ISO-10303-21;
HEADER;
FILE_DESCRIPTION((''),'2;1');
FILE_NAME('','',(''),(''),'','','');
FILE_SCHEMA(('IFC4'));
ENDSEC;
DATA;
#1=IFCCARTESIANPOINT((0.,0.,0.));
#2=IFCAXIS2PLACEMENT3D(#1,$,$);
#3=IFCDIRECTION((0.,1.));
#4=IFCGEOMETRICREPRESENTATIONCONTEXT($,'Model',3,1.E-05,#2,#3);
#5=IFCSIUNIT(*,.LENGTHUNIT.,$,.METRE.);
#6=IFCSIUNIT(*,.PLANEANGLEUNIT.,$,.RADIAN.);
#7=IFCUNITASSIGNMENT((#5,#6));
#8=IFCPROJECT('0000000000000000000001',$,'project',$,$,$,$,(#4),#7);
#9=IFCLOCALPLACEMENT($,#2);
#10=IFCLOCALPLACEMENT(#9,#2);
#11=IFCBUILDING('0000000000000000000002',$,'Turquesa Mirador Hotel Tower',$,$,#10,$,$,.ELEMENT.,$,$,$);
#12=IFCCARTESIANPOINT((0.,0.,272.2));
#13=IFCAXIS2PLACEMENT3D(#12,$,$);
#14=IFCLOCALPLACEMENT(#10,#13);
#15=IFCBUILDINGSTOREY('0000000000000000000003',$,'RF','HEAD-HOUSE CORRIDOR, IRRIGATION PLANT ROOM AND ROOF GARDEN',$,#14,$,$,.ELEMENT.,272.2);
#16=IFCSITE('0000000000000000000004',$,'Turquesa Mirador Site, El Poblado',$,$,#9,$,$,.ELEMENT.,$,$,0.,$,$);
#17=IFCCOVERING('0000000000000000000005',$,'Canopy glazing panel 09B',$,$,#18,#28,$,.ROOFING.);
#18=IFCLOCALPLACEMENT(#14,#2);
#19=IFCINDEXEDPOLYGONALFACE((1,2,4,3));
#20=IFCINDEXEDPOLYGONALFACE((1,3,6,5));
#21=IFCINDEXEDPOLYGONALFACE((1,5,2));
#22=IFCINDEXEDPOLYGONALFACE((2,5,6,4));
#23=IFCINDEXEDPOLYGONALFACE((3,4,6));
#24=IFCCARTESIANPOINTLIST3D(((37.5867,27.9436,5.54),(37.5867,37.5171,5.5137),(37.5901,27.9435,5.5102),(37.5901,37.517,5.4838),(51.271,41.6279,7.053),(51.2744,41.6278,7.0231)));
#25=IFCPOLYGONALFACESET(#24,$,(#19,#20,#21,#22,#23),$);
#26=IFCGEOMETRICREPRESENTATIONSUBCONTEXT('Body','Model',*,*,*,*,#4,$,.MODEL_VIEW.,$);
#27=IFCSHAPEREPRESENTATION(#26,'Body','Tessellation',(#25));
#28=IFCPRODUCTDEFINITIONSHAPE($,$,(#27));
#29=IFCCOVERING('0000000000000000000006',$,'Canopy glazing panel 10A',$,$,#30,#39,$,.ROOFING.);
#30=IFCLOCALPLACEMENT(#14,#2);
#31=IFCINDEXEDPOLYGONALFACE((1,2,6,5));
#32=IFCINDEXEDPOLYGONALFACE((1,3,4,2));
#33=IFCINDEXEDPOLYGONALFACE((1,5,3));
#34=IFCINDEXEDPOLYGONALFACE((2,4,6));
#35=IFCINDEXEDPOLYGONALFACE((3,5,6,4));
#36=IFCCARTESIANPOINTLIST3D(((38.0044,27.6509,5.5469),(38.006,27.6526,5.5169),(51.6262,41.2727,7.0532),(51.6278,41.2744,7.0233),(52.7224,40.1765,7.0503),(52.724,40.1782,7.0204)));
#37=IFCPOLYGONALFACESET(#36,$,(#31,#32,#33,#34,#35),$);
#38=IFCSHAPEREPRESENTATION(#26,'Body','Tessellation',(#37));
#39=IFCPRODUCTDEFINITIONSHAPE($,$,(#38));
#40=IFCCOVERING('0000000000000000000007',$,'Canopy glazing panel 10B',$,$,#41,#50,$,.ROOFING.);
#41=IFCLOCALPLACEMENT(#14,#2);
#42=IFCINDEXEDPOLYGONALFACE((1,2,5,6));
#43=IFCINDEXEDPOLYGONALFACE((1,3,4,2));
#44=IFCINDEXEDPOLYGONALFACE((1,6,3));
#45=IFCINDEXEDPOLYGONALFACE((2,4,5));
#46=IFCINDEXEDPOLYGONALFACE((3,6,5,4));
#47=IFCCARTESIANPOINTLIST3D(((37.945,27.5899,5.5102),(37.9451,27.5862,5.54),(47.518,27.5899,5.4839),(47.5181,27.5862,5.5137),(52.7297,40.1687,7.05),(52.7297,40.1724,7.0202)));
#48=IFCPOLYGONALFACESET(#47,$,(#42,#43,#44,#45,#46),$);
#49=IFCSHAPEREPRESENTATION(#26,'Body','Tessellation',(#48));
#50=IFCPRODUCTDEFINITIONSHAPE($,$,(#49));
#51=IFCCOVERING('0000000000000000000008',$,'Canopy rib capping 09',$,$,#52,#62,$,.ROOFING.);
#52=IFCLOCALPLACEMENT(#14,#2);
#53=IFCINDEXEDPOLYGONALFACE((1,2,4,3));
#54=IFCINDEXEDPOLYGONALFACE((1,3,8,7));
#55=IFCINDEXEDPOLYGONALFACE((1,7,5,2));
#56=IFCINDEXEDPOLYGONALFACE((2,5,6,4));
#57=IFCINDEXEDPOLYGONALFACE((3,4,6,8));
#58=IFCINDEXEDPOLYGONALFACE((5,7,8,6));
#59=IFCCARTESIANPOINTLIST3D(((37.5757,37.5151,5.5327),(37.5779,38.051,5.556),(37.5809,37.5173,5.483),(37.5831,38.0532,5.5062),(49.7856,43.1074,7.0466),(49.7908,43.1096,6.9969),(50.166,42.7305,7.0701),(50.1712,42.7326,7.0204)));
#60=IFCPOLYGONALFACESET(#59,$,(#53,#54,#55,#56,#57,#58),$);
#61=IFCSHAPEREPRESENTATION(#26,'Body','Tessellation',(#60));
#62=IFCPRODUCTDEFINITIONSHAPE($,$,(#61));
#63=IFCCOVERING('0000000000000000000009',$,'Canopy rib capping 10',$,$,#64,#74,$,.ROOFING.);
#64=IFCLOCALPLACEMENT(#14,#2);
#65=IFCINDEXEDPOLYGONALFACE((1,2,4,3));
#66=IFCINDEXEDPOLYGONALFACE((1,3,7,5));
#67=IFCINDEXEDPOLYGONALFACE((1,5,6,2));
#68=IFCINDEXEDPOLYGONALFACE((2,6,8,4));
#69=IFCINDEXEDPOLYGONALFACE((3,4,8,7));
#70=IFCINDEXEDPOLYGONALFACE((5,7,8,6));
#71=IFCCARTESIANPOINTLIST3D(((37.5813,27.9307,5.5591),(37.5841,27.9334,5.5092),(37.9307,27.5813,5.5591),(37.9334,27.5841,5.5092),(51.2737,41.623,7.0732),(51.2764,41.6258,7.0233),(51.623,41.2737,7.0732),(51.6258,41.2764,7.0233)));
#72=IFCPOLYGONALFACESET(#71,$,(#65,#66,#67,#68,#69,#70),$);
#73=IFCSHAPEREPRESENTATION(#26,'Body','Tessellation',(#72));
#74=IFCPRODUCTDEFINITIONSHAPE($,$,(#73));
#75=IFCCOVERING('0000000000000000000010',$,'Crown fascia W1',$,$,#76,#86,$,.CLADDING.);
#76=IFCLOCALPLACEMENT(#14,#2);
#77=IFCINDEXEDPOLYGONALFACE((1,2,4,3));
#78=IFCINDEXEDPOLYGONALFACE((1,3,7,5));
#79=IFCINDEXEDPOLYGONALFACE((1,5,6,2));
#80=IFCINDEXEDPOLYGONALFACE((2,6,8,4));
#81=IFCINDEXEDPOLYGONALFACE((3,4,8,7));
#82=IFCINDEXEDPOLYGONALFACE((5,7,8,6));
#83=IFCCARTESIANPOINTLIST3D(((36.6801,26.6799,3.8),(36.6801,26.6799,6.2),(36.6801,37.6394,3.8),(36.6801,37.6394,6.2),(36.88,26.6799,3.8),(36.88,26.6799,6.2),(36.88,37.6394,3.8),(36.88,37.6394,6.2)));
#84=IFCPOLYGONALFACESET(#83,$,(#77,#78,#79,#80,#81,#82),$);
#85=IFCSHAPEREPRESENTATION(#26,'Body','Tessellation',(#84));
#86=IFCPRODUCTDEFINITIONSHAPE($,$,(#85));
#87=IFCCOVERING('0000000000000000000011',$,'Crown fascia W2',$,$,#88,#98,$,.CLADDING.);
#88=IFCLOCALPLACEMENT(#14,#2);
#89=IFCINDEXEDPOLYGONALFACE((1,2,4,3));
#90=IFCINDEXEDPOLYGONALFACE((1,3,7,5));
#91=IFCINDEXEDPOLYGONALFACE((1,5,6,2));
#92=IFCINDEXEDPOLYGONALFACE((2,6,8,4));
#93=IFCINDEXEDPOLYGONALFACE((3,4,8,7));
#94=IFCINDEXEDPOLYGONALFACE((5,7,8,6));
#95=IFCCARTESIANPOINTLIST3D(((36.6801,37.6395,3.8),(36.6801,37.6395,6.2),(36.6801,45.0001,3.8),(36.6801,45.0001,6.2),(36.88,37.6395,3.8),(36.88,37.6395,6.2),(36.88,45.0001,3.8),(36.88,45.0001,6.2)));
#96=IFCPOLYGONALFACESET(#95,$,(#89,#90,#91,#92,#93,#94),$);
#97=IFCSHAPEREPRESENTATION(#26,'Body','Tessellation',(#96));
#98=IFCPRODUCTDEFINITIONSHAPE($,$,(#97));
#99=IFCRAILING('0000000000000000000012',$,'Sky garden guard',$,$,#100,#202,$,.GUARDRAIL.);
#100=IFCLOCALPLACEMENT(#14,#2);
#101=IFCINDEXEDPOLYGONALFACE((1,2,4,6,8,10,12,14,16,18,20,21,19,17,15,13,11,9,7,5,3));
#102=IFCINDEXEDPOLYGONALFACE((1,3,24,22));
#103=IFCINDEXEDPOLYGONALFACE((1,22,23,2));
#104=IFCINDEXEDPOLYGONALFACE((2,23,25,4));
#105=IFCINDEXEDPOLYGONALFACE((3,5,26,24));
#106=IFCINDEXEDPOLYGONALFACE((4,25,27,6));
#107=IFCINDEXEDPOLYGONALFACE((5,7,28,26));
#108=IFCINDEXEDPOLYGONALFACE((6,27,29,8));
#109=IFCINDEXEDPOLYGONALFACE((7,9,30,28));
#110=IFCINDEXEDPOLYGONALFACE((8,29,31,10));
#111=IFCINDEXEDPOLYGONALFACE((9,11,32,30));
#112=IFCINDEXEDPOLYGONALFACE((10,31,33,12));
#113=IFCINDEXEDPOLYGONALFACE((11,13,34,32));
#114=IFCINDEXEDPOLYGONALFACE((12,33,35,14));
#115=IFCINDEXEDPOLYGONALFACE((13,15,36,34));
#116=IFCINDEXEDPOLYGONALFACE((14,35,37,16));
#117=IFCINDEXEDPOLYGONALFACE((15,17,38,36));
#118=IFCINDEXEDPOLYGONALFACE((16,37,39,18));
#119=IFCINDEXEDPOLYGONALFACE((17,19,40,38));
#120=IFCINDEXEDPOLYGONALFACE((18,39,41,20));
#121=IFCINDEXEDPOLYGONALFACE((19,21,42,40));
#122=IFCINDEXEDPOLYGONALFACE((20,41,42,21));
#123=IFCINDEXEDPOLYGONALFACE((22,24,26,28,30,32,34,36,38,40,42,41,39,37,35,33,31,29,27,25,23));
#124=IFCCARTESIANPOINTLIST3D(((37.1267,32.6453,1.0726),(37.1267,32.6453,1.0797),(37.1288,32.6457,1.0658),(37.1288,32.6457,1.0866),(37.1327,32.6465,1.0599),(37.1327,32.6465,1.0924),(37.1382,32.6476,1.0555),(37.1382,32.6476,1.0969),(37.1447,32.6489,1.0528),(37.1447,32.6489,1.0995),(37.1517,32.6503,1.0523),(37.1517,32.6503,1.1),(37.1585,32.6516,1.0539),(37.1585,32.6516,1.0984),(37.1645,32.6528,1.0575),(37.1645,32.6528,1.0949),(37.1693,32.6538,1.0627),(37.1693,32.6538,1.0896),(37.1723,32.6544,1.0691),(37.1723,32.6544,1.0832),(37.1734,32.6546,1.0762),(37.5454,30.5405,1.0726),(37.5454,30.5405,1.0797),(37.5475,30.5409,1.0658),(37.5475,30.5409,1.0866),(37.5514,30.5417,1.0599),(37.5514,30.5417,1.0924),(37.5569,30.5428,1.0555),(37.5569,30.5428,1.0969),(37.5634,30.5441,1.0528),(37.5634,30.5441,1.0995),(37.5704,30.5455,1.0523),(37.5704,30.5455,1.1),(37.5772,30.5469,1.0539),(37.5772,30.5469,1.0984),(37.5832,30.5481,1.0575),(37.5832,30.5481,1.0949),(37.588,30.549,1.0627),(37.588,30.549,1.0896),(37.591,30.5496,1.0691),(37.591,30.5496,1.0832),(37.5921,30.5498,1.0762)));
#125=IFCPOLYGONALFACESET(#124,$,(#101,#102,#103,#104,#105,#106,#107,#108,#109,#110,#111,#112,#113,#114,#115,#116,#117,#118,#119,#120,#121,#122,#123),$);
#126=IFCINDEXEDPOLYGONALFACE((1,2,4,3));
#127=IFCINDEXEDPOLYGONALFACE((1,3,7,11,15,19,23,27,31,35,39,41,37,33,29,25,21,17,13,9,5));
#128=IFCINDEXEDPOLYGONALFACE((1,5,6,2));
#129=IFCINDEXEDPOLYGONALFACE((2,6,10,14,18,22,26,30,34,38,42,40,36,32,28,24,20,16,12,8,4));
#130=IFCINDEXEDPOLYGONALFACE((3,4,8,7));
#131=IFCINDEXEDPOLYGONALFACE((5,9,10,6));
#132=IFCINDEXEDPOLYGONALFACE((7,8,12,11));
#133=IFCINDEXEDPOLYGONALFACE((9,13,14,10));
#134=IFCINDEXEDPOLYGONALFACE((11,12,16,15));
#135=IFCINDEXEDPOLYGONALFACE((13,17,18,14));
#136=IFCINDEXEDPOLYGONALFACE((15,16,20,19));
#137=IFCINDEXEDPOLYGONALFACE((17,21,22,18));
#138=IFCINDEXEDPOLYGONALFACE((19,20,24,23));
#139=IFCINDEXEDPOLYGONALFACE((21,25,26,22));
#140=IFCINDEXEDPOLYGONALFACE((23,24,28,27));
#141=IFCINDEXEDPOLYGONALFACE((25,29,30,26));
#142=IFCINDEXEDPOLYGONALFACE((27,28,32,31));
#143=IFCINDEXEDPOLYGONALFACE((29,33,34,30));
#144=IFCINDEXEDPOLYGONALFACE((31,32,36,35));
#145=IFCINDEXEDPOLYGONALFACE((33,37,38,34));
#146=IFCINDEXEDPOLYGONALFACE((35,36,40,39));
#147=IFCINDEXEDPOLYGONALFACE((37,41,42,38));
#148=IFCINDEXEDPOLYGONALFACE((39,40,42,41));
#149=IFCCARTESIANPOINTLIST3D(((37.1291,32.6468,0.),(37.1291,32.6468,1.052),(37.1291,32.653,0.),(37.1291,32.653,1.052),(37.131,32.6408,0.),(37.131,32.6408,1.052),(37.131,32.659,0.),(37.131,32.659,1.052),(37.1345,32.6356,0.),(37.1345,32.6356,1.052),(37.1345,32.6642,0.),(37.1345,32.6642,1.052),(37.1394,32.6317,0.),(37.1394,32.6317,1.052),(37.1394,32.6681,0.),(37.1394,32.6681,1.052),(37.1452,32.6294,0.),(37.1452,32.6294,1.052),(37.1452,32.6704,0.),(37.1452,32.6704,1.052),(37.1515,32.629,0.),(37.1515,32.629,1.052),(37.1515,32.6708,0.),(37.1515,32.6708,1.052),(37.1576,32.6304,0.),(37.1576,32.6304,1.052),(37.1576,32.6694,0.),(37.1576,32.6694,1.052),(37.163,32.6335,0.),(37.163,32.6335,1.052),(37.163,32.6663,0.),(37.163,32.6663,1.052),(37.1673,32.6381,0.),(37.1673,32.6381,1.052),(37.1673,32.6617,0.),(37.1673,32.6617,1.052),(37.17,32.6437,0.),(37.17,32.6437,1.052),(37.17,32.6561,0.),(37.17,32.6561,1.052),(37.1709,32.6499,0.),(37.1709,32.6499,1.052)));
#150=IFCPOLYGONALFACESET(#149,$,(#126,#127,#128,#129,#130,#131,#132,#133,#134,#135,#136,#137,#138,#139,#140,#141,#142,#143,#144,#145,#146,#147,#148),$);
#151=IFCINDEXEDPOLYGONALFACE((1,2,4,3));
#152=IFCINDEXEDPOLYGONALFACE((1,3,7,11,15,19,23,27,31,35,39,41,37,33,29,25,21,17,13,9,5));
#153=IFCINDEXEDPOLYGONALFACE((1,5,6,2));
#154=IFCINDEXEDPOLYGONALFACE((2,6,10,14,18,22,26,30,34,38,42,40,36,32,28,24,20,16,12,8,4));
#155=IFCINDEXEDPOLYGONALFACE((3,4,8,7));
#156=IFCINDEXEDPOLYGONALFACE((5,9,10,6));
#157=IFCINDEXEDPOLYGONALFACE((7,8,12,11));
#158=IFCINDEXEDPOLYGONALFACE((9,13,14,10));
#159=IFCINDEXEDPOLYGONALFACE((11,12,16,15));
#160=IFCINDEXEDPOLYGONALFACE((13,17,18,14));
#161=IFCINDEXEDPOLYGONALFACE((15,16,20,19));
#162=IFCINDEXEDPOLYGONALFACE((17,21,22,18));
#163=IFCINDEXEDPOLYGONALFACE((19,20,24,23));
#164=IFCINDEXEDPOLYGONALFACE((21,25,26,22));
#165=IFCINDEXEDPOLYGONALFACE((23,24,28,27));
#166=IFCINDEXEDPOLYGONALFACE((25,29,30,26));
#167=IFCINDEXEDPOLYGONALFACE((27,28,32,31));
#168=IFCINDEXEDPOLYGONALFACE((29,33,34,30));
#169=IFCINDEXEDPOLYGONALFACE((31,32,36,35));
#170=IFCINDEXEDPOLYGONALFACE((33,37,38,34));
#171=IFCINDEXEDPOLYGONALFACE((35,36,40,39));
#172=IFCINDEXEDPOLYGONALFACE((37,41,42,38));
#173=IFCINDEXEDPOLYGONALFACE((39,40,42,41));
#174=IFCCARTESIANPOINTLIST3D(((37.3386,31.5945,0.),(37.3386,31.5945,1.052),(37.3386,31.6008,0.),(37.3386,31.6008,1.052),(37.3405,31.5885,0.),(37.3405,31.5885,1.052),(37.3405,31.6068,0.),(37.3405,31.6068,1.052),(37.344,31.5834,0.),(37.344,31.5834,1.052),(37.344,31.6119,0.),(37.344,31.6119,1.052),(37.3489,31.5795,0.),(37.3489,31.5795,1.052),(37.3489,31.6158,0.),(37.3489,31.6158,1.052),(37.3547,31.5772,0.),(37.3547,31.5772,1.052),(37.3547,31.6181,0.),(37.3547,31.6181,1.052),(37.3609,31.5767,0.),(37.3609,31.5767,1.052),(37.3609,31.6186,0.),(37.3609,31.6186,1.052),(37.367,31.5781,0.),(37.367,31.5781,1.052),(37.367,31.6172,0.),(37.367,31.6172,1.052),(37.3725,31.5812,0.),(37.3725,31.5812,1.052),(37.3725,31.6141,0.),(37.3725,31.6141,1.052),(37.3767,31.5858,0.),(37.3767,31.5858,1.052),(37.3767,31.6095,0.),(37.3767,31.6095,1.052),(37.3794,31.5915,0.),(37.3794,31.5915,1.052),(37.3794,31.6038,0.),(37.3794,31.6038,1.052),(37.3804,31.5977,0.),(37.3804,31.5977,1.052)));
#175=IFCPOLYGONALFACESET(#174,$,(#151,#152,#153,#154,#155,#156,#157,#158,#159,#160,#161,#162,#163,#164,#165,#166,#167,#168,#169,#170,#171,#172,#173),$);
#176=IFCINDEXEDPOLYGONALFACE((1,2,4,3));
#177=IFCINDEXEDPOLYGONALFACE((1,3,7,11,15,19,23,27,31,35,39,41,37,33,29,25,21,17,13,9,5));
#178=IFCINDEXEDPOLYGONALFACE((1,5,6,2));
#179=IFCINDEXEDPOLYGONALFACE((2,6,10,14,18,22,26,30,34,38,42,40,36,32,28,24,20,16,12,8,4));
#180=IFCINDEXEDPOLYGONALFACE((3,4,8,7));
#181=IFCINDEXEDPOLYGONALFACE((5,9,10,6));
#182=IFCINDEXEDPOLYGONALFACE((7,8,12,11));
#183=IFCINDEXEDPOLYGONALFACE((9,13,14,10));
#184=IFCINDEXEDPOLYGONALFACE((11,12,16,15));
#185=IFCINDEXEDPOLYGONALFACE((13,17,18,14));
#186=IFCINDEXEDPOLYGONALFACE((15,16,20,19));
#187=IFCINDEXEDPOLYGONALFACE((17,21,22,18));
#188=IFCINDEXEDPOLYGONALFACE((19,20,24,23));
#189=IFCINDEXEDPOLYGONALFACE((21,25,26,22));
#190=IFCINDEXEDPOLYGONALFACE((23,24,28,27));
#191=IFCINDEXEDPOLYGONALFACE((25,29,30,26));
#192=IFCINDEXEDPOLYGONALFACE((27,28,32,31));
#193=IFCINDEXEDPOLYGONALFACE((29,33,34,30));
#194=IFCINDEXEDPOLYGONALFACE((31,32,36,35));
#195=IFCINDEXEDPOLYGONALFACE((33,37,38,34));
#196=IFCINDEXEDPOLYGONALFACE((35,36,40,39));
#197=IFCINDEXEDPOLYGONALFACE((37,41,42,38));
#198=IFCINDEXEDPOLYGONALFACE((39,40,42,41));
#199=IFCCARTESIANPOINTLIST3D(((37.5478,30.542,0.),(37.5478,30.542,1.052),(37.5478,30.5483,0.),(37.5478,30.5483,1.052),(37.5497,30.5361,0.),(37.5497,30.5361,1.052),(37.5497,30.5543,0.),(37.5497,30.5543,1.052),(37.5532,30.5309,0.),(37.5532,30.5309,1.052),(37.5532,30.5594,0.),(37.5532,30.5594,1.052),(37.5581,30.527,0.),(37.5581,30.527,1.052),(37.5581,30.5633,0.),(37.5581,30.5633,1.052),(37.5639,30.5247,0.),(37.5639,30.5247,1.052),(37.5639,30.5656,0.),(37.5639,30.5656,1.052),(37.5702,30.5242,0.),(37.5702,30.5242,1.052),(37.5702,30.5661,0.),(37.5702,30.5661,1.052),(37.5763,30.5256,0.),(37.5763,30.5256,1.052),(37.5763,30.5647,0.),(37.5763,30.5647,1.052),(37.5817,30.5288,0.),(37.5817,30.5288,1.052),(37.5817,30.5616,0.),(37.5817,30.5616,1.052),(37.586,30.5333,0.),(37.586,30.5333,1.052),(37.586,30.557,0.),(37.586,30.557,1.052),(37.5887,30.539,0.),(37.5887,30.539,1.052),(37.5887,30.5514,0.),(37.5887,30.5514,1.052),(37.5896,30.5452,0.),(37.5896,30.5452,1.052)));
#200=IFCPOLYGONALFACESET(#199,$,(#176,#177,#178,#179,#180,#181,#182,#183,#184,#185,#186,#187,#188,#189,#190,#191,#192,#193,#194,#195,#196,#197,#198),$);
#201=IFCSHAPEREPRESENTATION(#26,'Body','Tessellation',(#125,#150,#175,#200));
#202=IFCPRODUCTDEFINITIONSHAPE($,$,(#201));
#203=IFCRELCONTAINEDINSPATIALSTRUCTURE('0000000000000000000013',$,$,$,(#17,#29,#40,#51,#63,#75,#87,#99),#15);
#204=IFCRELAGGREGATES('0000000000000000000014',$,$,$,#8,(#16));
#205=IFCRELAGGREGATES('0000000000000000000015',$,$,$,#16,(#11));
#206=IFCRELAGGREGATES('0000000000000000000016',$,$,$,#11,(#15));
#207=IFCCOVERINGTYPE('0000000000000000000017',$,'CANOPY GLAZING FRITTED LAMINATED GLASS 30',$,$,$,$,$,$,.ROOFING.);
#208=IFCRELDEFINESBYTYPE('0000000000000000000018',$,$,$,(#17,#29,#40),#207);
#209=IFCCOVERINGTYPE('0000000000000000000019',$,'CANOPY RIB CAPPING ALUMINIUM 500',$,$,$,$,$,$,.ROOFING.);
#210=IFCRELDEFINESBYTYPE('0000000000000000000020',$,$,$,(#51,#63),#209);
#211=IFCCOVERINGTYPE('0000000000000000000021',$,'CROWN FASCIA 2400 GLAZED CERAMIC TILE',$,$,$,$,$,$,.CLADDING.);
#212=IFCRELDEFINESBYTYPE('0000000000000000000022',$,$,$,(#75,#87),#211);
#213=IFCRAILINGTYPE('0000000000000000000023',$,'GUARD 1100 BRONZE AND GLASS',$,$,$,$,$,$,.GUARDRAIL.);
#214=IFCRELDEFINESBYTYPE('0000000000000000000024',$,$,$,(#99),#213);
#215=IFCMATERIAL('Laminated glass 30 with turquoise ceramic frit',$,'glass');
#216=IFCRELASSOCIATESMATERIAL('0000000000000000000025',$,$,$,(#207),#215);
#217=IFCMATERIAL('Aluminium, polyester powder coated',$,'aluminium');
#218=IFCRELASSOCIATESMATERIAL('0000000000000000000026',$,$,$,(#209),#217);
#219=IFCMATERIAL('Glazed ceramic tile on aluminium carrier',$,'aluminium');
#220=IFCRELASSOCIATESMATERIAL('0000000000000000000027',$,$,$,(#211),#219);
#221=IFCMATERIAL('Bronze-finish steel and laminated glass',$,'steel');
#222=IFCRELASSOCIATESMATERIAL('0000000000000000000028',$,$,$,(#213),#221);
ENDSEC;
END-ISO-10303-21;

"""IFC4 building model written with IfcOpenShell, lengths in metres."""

from ifc_helpers import new_model, si_unit, direction, frame, origin, origin_2d, place, context, subcontext, project, spatial, polyline, rectangle, circle, outline, extrude, material, type_object, element, save


model = new_model("IFC4")

# Units and contexts
model_context = context("Model", 3, precision=1e-05, world=origin(), true_north=direction((0.0, 1.0)))
body_context = subcontext(model_context, "Body", "Model", "MODEL_VIEW")
ifc_project = project(units=[si_unit("LENGTHUNIT", "METRE"), si_unit("PLANEANGLEUNIT", "RADIAN")], contexts=[model_context])

# Site, building, storey
site_placement = place(None, origin())
site = spatial("IfcSite", under=ifc_project, at=site_placement, Name="Turquesa Mirador Site, El Poblado", CompositionType="ELEMENT", RefElevation=0.0)
building_placement = place(site_placement, origin())
building = spatial("IfcBuilding", under=site, at=building_placement, Name="Turquesa Mirador Hotel Tower", CompositionType="ELEMENT")
storey_placement = place(building_placement, frame((0.0, 0.0, 272.2)))
storey = spatial("IfcBuildingStorey", under=building, at=storey_placement, Name="RF", Description="HEAD-HOUSE CORRIDOR, IRRIGATION PLANT ROOM AND ROOF GARDEN", CompositionType="ELEMENT", Elevation=272.2)

# Coverings
ifc_material_1 = material(Name="Laminated glass 30 with turquoise ceramic frit", Category="glass")
covering_type_1 = type_object("IfcCoveringType", Name="CANOPY GLAZING FRITTED LAMINATED GLASS 30", PredefinedType="ROOFING", material=ifc_material_1)
covering_1_placement = place(storey_placement, frame((37.5867, 37.5171, 5.5137), z_axis=(-0.112593, 0.002737, 0.993637), x_axis=(0.95221, 0.286049, 0.107111)))
element("IfcCovering", 1, at=covering_1_placement, inside=storey, type_object=covering_type_1, Name="Canopy glazing panel 09B", PredefinedType="ROOFING", context=body_context, shape_type="SweptSolid", body=[
    extrude(outline(polyline([(0.0, 0.0), (14.3711, 0.0), (-2.7357, -9.1743), (0.0, 0.0)])), origin(), (0.0, 0.0, -1.0), 0.03),
])
covering_2_placement = place(storey_placement, frame((38.0044, 27.6509, 5.5469), z_axis=(-0.053791, -0.056456, 0.996955), x_axis=(0.704955, 0.704955, 0.077956)))
element("IfcCovering", 2, at=covering_2_placement, inside=storey, type_object=covering_type_1, Name="Canopy glazing panel 10A", PredefinedType="ROOFING", context=body_context, shape_type="SweptSolid", body=[
    extrude(outline(polyline([(0.0, 0.0), (19.323, 0.0), (19.3227, -1.5503), (0.0, 0.0)])), origin(), (0.0, 0.0, -1.0), 0.03),
])
covering_3_placement = place(storey_placement, frame((37.9451, 27.5862, 5.54), z_axis=(0.002734, -0.122319, 0.992487), x_axis=(0.759251, 0.646162, 0.077545)))
element("IfcCovering", 3, at=covering_3_placement, inside=storey, type_object=covering_type_1, Name="Canopy glazing panel 10B", PredefinedType="ROOFING", context=body_context, shape_type="SweptSolid", body=[
    extrude(outline(polyline([(0.0, 0.0), (19.4727, 0.0), (7.2663, -6.2325), (0.0, 0.0)])), origin(), (0.0, 0.0, -1.0), 0.03),
])
ifc_material_2 = material(Name="Aluminium, polyester powder coated", Category="aluminium")
covering_type_2 = type_object("IfcCoveringType", Name="CANOPY RIB CAPPING ALUMINIUM 500", PredefinedType="ROOFING", material=ifc_material_2)
covering_4_placement = place(storey_placement, frame((37.5757, 37.5151, 5.5327), z_axis=(-0.103661, -0.042679, 0.993697), x_axis=(0.91805, 0.380287, 0.112103)))
element("IfcCovering", 4, at=covering_4_placement, inside=storey, type_object=covering_type_2, Name="Canopy rib capping 09", PredefinedType="ROOFING", context=body_context, shape_type="SweptSolid", body=[
    extrude(outline(polyline([(0.0, 0.0), (13.7142, 0.0), (13.5057, 0.4938), (0.2084, 0.4943), (0.0, 0.0)])), origin(), (0.0, 0.0, -1.0), 0.05),
])
covering_5_placement = place(storey_placement, frame((37.9307, 27.5813, 5.5591), z_axis=(-0.055124, -0.055124, 0.996957), x_axis=(0.704955, 0.704955, 0.077957)))
element("IfcCovering", 5, at=covering_5_placement, inside=storey, type_object=covering_type_2, Name="Canopy rib capping 10", PredefinedType="ROOFING", context=body_context, shape_type="SweptSolid", body=[
    extrude(outline(polyline([(0.0, 0.0), (19.4231, 0.0), (19.4231, 0.4941), (0.0, 0.4941), (0.0, 0.0)])), origin(), (0.0, 0.0, -1.0), 0.05),
])
ifc_material_3 = material(Name="Glazed ceramic tile on aluminium carrier", Category="aluminium")
covering_type_3 = type_object("IfcCoveringType", Name="CROWN FASCIA 2400 GLAZED CERAMIC TILE", PredefinedType="CLADDING", material=ifc_material_3)
covering_6_placement = place(storey_placement, frame((36.78, 32.1597, 3.8), z_axis=(0.0, 0.0, 1.0), x_axis=(1.0, 0.0, 0.0)))
element("IfcCovering", 6, at=covering_6_placement, inside=storey, type_object=covering_type_3, Name="Crown fascia W1", PredefinedType="CLADDING", context=body_context, shape_type="SweptSolid", body=[
    extrude(rectangle(XDim=0.2, YDim=10.9595, at=origin_2d()), origin(), (0.0, 0.0, 1.0), 2.3999),
])
covering_7_placement = place(storey_placement, frame((36.78, 41.3198, 3.8), z_axis=(0.0, 0.0, 1.0), x_axis=(1.0, 0.0, 0.0)))
element("IfcCovering", 7, at=covering_7_placement, inside=storey, type_object=covering_type_3, Name="Crown fascia W2", PredefinedType="CLADDING", context=body_context, shape_type="SweptSolid", body=[
    extrude(rectangle(XDim=0.2, YDim=7.3606, at=origin_2d()), origin(), (0.0, 0.0, 1.0), 2.3999),
])

# Railing
ifc_material_4 = material(Name="Bronze-finish steel and laminated glass", Category="steel")
railing_type = type_object("IfcRailingType", Name="GUARD 1100 BRONZE AND GLASS", PredefinedType="GUARDRAIL", material=ifc_material_4)
railing_1_placement = place(storey_placement, frame((37.1499, 32.6499, 0.0)))
element("IfcRailing", 8, at=railing_1_placement, inside=storey, type_object=railing_type, Name="Sky garden guard", PredefinedType="GUARDRAIL", context=body_context, shape_type="SweptSolid", body=[
    extrude(circle(Radius=0.0239, at=origin_2d()), frame((0.0, 0.0, 1.0762), z_axis=(0.19511, -0.980781, 0.0), x_axis=(0.980781, 0.19511, 0.0)), (0.0, 0.0, 1.0), 2.146),
    extrude(circle(Radius=0.021, at=origin_2d()), origin(), (0.0, 0.0, 1.0), 1.052),
    extrude(circle(Radius=0.021, at=origin_2d()), frame((0.2095, -1.0522, 0.0)), (0.0, 0.0, 1.0), 1.052),
    extrude(circle(Radius=0.021, at=origin_2d()), frame((0.4187, -2.1047, 0.0)), (0.0, 0.0, 1.0), 1.052),
])

save(model, "model.ifc")
